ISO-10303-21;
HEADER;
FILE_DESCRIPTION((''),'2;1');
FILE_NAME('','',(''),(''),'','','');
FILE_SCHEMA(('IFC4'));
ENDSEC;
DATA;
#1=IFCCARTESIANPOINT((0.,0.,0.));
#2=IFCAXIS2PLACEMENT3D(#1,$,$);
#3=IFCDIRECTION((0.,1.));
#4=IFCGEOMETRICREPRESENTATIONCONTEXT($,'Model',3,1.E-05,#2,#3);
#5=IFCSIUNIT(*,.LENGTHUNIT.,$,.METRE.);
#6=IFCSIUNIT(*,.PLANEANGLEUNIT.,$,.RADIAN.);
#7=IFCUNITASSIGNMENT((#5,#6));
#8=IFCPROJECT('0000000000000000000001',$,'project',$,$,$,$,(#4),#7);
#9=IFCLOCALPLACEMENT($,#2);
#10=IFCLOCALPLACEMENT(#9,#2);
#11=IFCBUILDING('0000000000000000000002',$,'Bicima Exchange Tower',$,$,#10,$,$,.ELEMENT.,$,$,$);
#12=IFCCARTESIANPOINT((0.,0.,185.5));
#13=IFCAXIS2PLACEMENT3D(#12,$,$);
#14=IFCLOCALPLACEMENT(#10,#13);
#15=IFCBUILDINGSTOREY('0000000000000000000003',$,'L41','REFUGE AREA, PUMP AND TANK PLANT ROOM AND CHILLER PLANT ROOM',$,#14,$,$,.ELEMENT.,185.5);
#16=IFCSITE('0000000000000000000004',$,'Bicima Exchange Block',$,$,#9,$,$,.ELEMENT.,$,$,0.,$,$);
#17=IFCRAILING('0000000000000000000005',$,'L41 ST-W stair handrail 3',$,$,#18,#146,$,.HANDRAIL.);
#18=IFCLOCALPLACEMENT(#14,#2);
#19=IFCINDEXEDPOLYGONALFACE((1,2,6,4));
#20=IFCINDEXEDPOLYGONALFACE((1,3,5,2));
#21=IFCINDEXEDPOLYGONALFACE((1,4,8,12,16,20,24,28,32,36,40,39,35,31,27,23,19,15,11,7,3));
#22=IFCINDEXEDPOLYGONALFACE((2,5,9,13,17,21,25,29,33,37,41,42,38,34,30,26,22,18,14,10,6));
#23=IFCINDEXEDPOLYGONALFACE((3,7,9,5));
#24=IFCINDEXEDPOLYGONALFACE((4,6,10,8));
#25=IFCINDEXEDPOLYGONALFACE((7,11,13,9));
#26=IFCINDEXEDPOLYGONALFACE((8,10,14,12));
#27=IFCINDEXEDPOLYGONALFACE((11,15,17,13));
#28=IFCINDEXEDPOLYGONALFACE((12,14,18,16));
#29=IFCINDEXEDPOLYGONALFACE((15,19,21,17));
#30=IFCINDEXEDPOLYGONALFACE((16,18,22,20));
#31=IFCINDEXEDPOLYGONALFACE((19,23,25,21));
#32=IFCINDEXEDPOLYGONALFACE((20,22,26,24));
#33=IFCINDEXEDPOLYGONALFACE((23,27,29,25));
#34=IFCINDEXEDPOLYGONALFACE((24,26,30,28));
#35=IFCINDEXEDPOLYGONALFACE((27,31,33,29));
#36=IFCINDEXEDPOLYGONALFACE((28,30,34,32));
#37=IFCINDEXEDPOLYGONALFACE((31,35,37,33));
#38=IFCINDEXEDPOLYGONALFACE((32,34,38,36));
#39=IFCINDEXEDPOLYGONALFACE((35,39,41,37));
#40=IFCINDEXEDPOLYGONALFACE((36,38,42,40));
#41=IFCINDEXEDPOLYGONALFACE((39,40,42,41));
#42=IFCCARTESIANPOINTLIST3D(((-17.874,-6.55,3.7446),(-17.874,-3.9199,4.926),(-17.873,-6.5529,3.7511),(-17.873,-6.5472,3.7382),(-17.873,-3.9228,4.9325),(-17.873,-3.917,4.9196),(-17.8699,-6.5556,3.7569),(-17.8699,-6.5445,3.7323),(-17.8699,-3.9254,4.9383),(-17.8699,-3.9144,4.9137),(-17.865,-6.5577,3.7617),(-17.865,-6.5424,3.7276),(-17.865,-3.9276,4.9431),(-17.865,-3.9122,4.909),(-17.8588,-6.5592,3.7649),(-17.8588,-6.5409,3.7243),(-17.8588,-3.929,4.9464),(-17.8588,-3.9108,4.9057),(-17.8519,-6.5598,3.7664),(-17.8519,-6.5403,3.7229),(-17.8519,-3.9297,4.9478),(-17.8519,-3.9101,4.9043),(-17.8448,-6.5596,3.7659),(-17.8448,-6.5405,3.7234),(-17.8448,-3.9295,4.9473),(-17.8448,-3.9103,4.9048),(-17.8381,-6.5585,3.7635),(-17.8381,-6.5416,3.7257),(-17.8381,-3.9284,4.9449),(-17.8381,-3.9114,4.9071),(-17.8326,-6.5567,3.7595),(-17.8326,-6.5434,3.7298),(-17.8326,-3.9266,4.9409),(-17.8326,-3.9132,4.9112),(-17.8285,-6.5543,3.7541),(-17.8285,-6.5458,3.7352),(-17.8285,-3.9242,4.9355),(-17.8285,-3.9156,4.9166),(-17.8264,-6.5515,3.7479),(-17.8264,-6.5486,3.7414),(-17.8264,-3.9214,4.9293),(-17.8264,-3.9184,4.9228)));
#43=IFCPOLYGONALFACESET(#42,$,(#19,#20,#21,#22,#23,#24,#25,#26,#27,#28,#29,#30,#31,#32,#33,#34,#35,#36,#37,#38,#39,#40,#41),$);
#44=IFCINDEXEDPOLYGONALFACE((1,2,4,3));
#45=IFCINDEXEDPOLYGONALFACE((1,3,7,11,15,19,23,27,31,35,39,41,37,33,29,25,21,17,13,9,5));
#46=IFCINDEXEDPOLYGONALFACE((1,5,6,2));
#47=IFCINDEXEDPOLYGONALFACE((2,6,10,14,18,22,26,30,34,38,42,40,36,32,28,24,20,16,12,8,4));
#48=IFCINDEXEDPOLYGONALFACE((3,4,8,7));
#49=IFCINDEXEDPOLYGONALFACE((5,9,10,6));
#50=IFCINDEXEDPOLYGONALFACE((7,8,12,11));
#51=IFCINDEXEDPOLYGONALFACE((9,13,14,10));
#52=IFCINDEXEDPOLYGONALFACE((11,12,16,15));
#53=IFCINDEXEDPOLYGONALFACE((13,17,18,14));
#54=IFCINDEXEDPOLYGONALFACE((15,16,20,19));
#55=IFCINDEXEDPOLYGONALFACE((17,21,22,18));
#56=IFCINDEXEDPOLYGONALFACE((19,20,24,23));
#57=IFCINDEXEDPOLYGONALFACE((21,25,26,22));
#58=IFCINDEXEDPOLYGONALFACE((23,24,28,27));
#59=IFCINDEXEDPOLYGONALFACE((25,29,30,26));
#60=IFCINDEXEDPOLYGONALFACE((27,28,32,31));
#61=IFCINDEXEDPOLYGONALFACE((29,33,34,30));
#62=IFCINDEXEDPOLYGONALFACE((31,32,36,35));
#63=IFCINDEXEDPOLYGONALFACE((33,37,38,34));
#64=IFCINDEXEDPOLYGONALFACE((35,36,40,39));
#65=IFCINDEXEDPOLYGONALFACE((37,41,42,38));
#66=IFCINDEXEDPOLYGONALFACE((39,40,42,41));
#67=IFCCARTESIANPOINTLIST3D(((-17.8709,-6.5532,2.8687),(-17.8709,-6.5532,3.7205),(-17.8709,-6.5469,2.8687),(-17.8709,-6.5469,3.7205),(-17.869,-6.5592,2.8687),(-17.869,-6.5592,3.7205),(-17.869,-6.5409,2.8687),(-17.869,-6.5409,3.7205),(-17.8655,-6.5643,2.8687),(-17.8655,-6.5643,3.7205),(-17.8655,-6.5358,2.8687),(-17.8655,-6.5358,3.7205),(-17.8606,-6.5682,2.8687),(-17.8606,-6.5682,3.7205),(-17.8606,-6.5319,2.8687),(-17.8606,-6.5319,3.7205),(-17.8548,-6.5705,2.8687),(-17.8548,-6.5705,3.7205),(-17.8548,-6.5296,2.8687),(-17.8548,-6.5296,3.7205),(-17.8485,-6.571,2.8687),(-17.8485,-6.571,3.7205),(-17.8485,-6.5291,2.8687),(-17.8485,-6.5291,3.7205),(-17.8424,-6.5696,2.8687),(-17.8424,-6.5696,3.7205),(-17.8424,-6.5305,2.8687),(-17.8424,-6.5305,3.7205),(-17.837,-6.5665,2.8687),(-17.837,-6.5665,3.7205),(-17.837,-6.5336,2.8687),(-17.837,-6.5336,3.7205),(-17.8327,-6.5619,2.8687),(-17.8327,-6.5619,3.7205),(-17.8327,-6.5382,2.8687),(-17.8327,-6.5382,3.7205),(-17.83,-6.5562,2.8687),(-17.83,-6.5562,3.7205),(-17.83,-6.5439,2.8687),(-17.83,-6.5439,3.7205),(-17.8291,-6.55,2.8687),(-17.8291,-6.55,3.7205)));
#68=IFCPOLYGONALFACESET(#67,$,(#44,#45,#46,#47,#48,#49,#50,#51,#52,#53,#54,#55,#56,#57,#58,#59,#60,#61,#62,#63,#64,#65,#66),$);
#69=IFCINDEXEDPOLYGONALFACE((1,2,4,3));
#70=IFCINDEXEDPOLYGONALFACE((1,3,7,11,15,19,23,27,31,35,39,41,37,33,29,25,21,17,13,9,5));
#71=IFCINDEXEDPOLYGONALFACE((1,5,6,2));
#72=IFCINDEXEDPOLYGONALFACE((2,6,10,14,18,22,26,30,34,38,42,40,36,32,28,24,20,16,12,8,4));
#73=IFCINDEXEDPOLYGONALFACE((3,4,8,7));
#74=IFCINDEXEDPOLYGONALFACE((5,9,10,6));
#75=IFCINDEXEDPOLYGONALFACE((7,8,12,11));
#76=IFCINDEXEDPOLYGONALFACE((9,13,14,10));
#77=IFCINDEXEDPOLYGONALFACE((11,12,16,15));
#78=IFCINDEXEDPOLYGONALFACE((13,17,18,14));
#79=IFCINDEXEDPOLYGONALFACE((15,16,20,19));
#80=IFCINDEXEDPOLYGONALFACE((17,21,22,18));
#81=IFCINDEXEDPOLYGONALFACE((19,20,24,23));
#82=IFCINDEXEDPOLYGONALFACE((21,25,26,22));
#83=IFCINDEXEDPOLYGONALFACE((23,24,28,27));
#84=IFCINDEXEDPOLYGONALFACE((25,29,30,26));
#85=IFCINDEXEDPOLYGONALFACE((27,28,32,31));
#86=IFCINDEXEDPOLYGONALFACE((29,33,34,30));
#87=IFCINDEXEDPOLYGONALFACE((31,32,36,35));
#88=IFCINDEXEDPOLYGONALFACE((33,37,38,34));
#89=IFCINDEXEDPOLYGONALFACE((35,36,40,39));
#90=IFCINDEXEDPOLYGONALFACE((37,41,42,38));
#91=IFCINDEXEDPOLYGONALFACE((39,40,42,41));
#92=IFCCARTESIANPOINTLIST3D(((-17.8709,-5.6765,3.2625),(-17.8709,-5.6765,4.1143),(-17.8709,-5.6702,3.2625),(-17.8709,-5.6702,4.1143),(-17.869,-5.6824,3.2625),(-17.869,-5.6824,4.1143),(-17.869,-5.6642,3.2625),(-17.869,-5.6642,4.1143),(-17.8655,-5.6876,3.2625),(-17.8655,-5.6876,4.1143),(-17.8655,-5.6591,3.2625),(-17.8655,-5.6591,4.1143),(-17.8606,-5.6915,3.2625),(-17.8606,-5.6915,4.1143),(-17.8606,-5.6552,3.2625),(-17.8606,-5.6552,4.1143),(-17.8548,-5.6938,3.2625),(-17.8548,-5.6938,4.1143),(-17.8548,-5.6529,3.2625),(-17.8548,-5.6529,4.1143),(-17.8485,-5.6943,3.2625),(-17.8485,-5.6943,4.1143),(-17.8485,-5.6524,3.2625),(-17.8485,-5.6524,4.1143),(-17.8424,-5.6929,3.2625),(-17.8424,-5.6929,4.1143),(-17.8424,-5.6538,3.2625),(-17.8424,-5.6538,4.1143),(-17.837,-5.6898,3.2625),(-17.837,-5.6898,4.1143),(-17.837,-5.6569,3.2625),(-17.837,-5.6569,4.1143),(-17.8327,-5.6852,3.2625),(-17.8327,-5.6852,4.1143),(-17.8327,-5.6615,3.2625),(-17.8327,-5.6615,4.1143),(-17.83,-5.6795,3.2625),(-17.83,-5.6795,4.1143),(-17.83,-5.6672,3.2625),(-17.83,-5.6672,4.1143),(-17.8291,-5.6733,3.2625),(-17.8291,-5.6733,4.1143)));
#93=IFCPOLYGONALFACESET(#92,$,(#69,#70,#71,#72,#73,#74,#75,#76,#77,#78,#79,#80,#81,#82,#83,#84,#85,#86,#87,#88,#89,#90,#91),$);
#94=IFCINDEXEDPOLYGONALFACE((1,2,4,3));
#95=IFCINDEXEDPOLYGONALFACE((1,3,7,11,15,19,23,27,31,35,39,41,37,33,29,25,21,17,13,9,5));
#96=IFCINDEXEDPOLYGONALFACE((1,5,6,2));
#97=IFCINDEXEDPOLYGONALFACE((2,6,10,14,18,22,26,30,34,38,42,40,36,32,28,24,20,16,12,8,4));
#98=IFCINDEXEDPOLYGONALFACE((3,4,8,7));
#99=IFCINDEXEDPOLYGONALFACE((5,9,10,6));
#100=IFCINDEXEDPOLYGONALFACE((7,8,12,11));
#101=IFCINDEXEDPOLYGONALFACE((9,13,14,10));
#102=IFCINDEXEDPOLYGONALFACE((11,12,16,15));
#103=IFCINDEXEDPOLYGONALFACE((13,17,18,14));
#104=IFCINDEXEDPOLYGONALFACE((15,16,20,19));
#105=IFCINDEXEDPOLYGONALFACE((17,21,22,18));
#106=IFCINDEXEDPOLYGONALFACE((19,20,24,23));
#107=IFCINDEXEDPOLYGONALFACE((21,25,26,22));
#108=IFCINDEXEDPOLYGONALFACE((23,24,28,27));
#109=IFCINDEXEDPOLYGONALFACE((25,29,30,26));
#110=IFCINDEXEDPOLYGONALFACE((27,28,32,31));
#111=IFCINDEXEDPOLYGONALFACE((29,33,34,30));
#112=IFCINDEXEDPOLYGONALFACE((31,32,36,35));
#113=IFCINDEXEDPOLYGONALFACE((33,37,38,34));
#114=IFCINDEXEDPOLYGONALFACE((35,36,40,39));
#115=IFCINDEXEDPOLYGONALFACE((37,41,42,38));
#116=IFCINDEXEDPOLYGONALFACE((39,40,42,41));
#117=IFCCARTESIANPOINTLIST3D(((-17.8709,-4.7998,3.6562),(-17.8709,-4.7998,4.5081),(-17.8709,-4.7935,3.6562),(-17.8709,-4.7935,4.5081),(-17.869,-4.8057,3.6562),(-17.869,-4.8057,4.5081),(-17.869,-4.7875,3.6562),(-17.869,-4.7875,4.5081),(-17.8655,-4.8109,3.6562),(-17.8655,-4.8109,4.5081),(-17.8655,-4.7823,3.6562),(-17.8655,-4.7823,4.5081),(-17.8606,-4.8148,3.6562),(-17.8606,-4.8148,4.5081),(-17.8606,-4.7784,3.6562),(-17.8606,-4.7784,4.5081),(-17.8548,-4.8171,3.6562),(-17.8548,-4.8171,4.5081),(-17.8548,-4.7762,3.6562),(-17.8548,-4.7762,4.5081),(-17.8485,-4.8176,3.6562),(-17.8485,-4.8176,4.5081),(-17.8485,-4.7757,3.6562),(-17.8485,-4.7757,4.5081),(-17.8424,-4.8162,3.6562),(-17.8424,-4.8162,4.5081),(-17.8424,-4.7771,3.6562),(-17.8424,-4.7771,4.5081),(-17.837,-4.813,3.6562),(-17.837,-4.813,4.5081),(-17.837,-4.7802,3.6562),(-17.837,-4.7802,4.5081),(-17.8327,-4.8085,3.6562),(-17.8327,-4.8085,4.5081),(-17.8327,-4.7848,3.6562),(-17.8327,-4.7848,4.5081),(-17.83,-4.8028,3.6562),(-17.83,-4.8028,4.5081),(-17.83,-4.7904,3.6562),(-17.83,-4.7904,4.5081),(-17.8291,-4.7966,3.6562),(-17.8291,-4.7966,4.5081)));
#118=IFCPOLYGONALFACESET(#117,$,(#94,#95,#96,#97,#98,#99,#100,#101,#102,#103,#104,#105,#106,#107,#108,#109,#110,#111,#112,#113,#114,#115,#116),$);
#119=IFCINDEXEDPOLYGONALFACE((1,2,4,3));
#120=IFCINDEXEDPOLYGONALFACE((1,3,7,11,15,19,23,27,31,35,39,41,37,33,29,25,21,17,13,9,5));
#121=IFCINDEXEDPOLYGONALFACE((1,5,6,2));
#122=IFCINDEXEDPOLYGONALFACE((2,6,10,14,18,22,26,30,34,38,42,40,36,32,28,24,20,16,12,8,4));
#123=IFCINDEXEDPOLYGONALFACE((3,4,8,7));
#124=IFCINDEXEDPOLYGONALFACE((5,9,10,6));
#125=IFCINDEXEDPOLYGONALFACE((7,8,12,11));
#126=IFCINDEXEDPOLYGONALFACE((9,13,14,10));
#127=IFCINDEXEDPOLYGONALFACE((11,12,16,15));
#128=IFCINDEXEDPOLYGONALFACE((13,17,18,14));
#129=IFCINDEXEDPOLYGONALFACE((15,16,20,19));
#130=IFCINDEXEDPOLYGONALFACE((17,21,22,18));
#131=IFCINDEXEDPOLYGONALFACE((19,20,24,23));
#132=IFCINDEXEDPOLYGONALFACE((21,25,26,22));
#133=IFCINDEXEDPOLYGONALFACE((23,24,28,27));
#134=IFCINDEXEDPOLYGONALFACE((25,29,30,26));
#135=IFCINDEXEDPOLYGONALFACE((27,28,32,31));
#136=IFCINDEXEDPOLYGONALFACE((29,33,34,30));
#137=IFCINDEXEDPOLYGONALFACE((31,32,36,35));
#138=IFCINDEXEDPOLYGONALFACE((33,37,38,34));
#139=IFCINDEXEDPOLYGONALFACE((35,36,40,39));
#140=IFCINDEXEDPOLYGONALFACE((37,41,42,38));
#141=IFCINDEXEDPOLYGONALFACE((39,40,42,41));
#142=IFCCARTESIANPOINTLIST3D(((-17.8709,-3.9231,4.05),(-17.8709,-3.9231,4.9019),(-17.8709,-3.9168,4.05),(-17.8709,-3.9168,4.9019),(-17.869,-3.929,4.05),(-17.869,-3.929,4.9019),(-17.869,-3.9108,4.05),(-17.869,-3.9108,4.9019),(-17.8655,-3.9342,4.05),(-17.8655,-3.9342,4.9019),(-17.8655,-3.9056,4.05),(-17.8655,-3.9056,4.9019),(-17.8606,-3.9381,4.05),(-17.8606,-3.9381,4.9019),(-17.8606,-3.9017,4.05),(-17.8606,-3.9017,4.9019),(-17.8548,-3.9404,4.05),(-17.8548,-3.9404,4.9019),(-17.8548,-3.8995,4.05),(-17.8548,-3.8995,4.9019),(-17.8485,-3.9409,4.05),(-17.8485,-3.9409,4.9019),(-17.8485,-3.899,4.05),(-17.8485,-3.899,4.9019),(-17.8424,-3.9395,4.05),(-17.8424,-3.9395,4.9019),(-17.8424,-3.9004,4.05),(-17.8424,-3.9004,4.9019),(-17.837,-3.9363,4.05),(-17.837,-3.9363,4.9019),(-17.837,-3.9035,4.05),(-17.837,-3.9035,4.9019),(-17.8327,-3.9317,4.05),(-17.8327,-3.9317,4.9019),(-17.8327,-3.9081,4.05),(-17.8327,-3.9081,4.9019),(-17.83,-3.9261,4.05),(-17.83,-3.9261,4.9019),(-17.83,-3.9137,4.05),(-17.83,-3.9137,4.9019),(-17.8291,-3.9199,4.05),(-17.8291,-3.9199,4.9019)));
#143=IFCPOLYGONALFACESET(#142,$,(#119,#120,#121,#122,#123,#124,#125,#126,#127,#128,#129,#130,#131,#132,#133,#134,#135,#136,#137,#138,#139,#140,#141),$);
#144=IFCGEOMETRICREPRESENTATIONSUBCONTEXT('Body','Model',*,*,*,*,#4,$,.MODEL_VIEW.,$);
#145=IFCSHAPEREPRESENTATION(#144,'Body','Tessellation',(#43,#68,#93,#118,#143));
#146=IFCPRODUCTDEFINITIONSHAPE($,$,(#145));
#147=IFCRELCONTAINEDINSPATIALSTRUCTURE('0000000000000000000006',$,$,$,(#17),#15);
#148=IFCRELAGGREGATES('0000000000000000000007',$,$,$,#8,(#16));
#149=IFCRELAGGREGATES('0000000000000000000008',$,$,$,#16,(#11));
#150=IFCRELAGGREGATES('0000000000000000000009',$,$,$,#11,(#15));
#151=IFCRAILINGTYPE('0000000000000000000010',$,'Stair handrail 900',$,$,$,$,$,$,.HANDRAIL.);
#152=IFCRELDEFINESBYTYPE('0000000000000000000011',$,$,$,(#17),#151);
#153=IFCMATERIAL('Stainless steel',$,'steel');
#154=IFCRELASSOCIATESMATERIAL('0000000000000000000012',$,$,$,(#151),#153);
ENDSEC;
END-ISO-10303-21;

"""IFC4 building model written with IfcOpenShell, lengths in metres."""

from ifc_helpers import new_model, si_unit, direction, frame, origin, origin_2d, place, context, subcontext, project, spatial, circle, extrude, material, type_object, element, save


model = new_model("IFC4")

# Units and contexts
model_context = context("Model", 3, precision=1e-05, world=origin(), true_north=direction((0.0, 1.0)))
body_context = subcontext(model_context, "Body", "Model", "MODEL_VIEW")
ifc_project = project(units=[si_unit("LENGTHUNIT", "METRE"), si_unit("PLANEANGLEUNIT", "RADIAN")], contexts=[model_context])

# Site, building, storey
site_placement = place(None, origin())
site = spatial("IfcSite", under=ifc_project, at=site_placement, Name="Bicima Exchange Block", CompositionType="ELEMENT", RefElevation=0.0)
building_placement = place(site_placement, origin())
building = spatial("IfcBuilding", under=site, at=building_placement, Name="Bicima Exchange Tower", CompositionType="ELEMENT")
storey_placement = place(building_placement, frame((0.0, 0.0, 185.5)))
storey = spatial("IfcBuildingStorey", under=building, at=storey_placement, Name="L41", Description="REFUGE AREA, PUMP AND TANK PLANT ROOM AND CHILLER PLANT ROOM", CompositionType="ELEMENT", Elevation=185.5)

# Shared definitions
ifc_material_1 = material(Name="Stainless steel", Category="steel")

# Railing
railing_type = type_object("IfcRailingType", Name="Stair handrail 900", PredefinedType="HANDRAIL", material=ifc_material_1)
railing_1_placement = place(storey_placement, frame((-17.8501, -6.55, 2.8687)))
element("IfcRailing", 1, at=railing_1_placement, inside=storey, type_object=railing_type, Name="L41 ST-W stair handrail 3", PredefinedType="HANDRAIL", context=body_context, shape_type="SweptSolid", body=[
    extrude(circle(Radius=0.0239, at=origin_2d()), frame((0.0, 0.0, 0.876), z_axis=(0.0, 0.912202, 0.409741), x_axis=(-1.0, 0.0, 0.0)), (0.0, 0.0, 1.0), 2.8833),
    extrude(circle(Radius=0.021, at=origin_2d()), origin(), (0.0, 0.0, 1.0), 0.8518),
    extrude(circle(Radius=0.021, at=origin_2d()), frame((0.0, 0.8767, 0.3938)), (0.0, 0.0, 1.0), 0.8518),
    extrude(circle(Radius=0.021, at=origin_2d()), frame((0.0, 1.7534, 0.7876)), (0.0, 0.0, 1.0), 0.8518),
    extrude(circle(Radius=0.021, at=origin_2d()), frame((0.0, 2.6301, 1.1814)), (0.0, 0.0, 1.0), 0.8518),
])

save(model, "model.ifc")
